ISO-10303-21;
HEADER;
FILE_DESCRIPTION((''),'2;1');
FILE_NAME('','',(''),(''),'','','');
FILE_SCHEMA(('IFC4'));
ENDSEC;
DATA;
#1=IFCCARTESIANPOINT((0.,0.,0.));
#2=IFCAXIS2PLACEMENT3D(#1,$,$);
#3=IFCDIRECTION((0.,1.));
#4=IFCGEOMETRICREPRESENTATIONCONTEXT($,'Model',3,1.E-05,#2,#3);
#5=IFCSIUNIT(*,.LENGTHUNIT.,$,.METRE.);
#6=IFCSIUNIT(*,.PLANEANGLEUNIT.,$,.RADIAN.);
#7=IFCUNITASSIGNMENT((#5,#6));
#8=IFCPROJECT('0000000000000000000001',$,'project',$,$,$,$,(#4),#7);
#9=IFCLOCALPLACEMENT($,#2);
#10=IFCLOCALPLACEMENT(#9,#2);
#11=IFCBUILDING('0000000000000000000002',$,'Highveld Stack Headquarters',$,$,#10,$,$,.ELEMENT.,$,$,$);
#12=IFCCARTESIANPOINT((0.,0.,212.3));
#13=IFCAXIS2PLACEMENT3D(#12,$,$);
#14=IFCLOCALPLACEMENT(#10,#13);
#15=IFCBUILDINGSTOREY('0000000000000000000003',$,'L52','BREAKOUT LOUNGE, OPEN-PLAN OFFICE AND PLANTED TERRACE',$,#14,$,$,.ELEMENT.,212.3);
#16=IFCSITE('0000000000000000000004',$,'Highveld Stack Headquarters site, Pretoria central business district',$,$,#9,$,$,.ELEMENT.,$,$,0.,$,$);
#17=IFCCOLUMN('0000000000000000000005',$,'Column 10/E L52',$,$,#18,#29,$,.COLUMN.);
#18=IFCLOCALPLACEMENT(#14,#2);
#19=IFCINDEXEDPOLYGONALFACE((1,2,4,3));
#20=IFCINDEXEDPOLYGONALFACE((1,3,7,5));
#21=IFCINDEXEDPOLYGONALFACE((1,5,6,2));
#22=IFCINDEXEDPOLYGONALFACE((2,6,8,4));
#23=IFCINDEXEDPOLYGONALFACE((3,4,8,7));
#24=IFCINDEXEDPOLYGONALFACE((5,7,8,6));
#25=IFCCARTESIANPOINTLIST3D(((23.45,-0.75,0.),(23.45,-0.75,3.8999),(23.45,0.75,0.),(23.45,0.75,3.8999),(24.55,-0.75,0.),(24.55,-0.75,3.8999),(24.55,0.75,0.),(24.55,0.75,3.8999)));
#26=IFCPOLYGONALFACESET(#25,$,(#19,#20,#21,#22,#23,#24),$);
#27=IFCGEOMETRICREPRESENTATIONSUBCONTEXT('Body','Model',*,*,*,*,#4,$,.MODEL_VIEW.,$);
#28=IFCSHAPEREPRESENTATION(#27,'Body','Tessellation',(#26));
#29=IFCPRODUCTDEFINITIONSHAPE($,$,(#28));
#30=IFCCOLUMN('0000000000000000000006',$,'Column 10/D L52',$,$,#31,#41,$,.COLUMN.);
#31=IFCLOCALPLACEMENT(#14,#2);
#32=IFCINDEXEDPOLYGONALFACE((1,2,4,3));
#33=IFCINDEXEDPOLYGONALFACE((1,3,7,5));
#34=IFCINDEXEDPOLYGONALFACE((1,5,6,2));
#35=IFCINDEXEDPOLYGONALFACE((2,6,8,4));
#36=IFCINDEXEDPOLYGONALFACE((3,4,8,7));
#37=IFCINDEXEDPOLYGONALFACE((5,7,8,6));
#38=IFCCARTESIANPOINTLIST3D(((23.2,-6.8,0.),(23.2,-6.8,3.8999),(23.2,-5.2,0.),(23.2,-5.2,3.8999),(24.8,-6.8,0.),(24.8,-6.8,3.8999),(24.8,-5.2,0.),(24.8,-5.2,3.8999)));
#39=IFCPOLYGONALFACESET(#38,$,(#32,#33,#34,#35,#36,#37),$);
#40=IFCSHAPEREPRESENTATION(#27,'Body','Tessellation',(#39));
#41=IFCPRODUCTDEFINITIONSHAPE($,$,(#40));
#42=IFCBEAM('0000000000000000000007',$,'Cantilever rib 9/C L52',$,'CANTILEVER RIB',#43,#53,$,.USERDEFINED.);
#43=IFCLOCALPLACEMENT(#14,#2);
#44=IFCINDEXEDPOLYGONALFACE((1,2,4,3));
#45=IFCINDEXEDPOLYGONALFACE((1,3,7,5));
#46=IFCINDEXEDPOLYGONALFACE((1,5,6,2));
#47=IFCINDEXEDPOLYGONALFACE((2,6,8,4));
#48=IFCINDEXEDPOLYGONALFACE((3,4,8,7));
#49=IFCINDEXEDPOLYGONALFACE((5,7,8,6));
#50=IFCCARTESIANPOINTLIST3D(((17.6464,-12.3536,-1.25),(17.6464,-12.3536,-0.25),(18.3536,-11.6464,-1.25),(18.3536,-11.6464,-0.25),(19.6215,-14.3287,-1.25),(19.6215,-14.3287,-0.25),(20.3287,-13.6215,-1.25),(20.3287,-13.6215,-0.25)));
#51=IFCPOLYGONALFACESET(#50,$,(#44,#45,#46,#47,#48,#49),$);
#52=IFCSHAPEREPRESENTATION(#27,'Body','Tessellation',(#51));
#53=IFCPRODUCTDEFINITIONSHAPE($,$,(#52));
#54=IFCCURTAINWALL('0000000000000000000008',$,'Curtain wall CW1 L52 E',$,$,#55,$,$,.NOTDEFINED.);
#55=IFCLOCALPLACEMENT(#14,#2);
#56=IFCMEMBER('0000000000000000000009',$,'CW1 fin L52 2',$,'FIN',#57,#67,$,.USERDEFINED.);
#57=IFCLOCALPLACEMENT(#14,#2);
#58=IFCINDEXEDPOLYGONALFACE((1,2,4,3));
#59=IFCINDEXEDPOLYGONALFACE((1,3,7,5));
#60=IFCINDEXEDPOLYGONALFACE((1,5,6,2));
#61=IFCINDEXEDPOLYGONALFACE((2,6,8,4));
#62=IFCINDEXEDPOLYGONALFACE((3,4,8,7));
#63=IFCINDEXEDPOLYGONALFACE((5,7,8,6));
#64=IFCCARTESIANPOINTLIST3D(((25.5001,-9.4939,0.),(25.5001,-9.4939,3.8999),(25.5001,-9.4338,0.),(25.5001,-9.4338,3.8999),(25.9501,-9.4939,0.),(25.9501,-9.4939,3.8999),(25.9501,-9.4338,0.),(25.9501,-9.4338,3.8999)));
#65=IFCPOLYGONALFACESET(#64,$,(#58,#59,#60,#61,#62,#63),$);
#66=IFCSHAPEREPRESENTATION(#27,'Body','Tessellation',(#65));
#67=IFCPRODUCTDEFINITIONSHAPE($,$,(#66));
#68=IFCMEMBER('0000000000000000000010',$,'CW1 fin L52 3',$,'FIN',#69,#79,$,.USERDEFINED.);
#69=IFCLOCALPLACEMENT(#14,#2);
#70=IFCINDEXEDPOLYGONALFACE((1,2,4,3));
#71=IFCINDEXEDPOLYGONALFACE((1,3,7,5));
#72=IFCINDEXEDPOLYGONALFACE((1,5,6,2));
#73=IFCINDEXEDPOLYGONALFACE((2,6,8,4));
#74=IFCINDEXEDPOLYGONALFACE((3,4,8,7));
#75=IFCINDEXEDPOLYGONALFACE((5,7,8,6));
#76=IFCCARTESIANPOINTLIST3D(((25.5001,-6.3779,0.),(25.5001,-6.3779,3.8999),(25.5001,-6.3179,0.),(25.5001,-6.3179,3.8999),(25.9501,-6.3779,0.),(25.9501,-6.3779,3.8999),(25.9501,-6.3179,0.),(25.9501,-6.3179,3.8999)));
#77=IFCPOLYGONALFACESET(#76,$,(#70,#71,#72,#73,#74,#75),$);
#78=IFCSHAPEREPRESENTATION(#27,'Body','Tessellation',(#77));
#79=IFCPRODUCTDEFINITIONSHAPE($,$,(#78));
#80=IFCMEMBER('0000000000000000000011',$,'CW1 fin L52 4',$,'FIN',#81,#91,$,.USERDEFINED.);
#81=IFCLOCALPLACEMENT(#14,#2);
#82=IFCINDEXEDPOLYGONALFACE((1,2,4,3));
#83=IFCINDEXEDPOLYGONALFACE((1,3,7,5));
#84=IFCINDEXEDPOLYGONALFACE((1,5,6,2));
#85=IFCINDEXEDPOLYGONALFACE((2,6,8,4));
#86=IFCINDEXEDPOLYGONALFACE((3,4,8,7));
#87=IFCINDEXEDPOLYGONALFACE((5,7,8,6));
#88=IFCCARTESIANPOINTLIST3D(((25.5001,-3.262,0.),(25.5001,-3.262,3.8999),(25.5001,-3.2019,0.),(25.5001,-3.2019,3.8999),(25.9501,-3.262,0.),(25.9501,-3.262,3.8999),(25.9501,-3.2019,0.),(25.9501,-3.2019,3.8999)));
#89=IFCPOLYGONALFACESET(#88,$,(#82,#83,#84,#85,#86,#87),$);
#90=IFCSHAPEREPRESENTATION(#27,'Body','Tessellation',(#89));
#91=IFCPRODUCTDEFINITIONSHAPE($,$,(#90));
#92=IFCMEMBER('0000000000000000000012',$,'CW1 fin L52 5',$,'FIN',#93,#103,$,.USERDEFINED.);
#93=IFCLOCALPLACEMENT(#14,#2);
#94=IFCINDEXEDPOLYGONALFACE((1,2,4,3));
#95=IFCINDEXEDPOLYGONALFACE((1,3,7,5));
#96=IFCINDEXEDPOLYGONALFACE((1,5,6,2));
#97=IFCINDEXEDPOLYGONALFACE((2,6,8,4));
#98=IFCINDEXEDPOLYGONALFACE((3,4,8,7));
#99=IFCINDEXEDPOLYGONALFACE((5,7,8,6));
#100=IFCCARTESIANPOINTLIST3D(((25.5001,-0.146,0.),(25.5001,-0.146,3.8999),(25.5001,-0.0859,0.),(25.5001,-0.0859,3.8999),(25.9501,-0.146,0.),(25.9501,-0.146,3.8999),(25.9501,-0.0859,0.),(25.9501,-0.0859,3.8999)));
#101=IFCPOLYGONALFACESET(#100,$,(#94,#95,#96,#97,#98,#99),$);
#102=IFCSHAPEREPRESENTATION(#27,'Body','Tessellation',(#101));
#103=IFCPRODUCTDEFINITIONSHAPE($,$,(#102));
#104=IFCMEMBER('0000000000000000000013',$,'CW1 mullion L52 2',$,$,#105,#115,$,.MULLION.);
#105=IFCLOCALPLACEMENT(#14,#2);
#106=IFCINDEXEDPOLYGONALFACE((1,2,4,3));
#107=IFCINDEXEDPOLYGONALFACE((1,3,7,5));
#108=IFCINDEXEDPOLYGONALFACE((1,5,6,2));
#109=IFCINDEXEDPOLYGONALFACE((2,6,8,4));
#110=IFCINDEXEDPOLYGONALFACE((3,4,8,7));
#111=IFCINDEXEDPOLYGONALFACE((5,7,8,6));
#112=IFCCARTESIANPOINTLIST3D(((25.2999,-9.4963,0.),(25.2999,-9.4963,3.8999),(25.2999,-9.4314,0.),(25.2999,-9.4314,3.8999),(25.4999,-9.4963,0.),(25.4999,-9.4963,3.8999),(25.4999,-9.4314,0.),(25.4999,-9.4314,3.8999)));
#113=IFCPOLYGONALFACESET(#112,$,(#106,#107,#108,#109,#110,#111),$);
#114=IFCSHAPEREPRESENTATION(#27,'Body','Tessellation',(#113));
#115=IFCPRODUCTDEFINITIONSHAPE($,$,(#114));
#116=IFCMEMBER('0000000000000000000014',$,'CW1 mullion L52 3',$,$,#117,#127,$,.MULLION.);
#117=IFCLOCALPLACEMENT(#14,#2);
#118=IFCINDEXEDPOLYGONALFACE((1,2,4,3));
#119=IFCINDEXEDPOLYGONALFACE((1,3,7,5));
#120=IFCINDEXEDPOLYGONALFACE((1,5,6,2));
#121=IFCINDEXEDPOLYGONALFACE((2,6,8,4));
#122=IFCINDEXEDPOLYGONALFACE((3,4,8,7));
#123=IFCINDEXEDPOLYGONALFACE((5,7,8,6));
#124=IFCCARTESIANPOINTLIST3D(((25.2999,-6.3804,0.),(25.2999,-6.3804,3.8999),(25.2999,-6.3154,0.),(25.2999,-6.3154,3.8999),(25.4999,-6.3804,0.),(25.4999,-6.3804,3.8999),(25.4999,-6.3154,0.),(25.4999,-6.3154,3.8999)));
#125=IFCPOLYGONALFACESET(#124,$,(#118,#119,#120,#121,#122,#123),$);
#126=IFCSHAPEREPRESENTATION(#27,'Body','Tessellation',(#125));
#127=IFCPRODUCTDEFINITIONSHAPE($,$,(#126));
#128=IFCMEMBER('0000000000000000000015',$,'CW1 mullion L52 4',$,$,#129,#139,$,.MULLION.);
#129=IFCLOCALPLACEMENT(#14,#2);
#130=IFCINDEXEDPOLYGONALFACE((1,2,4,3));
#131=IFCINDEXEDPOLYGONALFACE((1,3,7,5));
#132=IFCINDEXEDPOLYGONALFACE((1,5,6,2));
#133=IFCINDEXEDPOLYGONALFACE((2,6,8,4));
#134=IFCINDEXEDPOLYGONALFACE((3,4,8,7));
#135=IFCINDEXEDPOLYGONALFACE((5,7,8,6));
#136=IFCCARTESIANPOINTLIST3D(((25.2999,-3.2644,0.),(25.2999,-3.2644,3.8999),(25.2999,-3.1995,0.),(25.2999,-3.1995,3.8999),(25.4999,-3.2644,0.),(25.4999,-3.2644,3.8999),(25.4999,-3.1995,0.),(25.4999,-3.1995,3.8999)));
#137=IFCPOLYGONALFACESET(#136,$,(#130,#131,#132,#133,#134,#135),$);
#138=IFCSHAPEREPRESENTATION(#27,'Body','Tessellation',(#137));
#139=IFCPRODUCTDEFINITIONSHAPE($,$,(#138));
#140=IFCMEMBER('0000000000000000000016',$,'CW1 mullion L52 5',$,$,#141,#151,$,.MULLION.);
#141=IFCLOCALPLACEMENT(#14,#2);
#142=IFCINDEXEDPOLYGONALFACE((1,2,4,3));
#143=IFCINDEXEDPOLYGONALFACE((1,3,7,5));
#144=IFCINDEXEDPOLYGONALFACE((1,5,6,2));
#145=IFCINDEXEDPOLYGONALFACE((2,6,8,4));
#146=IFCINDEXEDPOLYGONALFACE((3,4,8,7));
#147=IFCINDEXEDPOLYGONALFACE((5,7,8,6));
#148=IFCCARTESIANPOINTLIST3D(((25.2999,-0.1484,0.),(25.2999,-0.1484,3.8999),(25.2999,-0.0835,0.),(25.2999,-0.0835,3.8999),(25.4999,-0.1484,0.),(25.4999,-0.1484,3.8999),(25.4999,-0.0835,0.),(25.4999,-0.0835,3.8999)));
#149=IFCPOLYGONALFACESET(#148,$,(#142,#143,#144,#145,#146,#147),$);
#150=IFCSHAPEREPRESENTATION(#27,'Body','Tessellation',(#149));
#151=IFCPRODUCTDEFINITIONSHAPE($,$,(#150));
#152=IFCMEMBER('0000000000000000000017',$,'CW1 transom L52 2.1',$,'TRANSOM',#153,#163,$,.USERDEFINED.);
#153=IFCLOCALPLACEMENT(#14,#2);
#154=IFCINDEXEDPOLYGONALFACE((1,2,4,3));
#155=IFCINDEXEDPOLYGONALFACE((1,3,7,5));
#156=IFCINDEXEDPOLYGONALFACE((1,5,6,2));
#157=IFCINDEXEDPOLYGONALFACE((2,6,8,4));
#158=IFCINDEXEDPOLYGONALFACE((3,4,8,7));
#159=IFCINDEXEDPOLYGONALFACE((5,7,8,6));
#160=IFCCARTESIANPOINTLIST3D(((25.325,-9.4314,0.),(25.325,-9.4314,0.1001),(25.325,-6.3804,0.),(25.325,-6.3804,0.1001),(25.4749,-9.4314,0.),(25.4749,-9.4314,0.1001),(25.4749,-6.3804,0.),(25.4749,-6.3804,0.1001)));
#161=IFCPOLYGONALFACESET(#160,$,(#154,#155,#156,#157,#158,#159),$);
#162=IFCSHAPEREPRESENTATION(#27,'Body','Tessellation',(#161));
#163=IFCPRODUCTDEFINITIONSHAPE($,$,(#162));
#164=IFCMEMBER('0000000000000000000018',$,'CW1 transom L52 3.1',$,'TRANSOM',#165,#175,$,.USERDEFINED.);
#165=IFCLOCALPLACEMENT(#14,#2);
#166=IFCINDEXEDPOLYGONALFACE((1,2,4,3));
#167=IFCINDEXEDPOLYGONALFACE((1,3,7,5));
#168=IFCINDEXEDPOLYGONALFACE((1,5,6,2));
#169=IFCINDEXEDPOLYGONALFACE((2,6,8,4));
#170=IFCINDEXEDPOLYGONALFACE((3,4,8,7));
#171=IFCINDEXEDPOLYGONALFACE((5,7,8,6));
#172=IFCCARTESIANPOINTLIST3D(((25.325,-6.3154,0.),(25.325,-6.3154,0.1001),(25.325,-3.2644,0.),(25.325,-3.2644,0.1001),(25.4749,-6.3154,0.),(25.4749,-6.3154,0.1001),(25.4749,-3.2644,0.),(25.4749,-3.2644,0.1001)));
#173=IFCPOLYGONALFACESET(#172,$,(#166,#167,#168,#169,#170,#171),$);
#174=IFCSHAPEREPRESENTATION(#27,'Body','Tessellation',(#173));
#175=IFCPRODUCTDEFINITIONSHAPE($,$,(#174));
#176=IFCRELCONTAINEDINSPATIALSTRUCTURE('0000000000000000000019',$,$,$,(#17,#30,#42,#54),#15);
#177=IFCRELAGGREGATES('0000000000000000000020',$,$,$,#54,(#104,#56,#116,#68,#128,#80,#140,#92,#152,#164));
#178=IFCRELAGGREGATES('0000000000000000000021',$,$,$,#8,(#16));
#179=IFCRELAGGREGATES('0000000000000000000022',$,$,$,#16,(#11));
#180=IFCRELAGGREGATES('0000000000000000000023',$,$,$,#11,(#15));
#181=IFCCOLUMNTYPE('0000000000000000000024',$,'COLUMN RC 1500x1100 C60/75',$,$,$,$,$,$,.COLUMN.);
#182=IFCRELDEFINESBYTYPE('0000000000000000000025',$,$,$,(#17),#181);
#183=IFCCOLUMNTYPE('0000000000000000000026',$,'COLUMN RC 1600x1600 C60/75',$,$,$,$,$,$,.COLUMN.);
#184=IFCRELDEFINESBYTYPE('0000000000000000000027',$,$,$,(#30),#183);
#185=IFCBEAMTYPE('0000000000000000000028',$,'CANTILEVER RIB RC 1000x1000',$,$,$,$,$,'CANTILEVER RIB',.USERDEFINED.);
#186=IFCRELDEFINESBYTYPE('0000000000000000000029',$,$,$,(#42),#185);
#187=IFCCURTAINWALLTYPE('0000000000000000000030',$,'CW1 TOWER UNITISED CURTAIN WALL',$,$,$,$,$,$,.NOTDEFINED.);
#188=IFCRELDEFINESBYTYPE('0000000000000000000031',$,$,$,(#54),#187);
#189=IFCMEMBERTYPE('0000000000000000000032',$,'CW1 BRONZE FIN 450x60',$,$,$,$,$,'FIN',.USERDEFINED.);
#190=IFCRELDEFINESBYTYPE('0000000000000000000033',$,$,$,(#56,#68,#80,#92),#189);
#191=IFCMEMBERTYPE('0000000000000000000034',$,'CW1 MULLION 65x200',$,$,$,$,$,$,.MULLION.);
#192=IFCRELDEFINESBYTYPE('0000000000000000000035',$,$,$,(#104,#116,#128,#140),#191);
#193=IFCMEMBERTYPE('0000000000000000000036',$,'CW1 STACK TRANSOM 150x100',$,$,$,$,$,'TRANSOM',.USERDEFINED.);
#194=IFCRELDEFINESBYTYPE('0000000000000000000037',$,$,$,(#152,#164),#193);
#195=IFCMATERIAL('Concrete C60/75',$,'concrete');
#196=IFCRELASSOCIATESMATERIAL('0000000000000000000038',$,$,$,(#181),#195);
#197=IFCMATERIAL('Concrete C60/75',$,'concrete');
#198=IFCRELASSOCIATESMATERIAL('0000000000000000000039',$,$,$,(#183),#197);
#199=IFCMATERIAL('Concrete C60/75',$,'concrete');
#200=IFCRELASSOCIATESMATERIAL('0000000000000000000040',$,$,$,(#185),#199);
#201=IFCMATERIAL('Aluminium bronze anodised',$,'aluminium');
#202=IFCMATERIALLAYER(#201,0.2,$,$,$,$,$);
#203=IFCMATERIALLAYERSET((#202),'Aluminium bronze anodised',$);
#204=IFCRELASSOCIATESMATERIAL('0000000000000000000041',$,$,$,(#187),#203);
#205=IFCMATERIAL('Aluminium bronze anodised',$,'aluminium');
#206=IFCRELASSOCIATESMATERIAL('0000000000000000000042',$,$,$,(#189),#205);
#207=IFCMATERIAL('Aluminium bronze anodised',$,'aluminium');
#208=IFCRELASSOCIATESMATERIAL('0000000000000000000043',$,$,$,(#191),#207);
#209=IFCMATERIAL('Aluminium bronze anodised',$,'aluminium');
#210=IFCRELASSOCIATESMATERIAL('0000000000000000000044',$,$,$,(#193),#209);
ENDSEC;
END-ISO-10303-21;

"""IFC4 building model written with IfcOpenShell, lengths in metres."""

from ifc_helpers import new_model, si_unit, direction, frame, origin, origin_2d, place, context, subcontext, project, spatial, rectangle, extrude, material, layer, layer_set, material_profile, profile_set, type_object, element, aggregate, save


model = new_model("IFC4")

# Units and contexts
model_context = context("Model", 3, precision=1e-05, world=origin(), true_north=direction((0.0, 1.0)))
body_context = subcontext(model_context, "Body", "Model", "MODEL_VIEW")
ifc_project = project(units=[si_unit("LENGTHUNIT", "METRE"), si_unit("PLANEANGLEUNIT", "RADIAN")], contexts=[model_context])

# Site, building, storey
site_placement = place(None, origin())
site = spatial("IfcSite", under=ifc_project, at=site_placement, Name="Highveld Stack Headquarters site, Pretoria central business district", CompositionType="ELEMENT", RefElevation=0.0)
building_placement = place(site_placement, origin())
building = spatial("IfcBuilding", under=site, at=building_placement, Name="Highveld Stack Headquarters", CompositionType="ELEMENT")
storey_placement = place(building_placement, frame((0.0, 0.0, 212.3)))
storey = spatial("IfcBuildingStorey", under=building, at=storey_placement, Name="L52", Description="BREAKOUT LOUNGE, OPEN-PLAN OFFICE AND PLANTED TERRACE", CompositionType="ELEMENT", Elevation=212.3)

# Columns
ifc_material_1 = material(Name="Concrete C60/75", Category="concrete")
ifc_material_profile_1 = material_profile(ifc_material_1, rectangle(XDim=1.5, YDim=1.1001, at=origin_2d()), Name="RC 1500x1100")
ifc_profile_set_1 = profile_set([ifc_material_profile_1], Name="Concrete C60/75")
column_type_1 = type_object("IfcColumnType", Name="COLUMN RC 1500x1100 C60/75", PredefinedType="COLUMN", material=ifc_profile_set_1)
column_1_placement = place(storey_placement, frame((24.0, 0.0, 0.0), z_axis=(0.0, 0.0, 1.0), x_axis=(0.0, 1.0, 0.0)))
element("IfcColumn", 1, at=column_1_placement, inside=storey, type_object=column_type_1, Name="Column 10/E L52", PredefinedType="COLUMN", context=body_context, shape_type="SweptSolid", body=[
    extrude(rectangle(XDim=1.5, YDim=1.1001, at=origin_2d()), origin(), (0.0, 0.0, 1.0), 3.8999),
])
ifc_material_2 = material(Name="Concrete C60/75", Category="concrete")
ifc_material_profile_2 = material_profile(ifc_material_2, rectangle(XDim=1.6001, YDim=1.6001, at=origin_2d()), Name="RC 1600x1600")
ifc_profile_set_2 = profile_set([ifc_material_profile_2], Name="Concrete C60/75")
column_type_2 = type_object("IfcColumnType", Name="COLUMN RC 1600x1600 C60/75", PredefinedType="COLUMN", material=ifc_profile_set_2)
column_2_placement = place(storey_placement, frame((24.0, -6.0, 0.0), z_axis=(0.0, 0.0, 1.0), x_axis=(1.0, 0.0, 0.0)))
element("IfcColumn", 2, at=column_2_placement, inside=storey, type_object=column_type_2, Name="Column 10/D L52", PredefinedType="COLUMN", context=body_context, shape_type="SweptSolid", body=[
    extrude(rectangle(XDim=1.6001, YDim=1.6001, at=origin_2d()), origin(), (0.0, 0.0, 1.0), 3.8999),
])

# Beam
ifc_material_3 = material(Name="Concrete C60/75", Category="concrete")
ifc_material_profile_3 = material_profile(ifc_material_3, rectangle(XDim=1.0, YDim=1.0, at=origin_2d()), Name="RC 1000x1000")
ifc_profile_set_3 = profile_set([ifc_material_profile_3], Name="Concrete C60/75")
beam_type_1 = type_object("IfcBeamType", Name="CANTILEVER RIB RC 1000x1000", ElementType="CANTILEVER RIB", PredefinedType="USERDEFINED", material=ifc_profile_set_3)
beam_1_placement = place(storey_placement, frame((18.0, -12.0, -0.75), z_axis=(0.707107, -0.707107, 0.0), x_axis=(0.707107, 0.707107, 0.0)))
element("IfcBeam", 3, at=beam_1_placement, inside=storey, type_object=beam_type_1, Name="Cantilever rib 9/C L52", ObjectType="CANTILEVER RIB", PredefinedType="USERDEFINED", context=body_context, shape_type="SweptSolid", body=[
    extrude(rectangle(XDim=1.0, YDim=1.0, at=origin_2d()), origin(), (0.0, 0.0, 1.0), 2.7932),
])

# Curtain wall, members
ifc_material_4 = material(Name="Aluminium bronze anodised", Category="aluminium")
ifc_layer_1 = layer(ifc_material_4, 0.2)
ifc_layer_set_1 = layer_set([ifc_layer_1], Name="Aluminium bronze anodised")
curtain_wall_type = type_object("IfcCurtainWallType", Name="CW1 TOWER UNITISED CURTAIN WALL", PredefinedType="NOTDEFINED", material=ifc_layer_set_1)
curtain_wall_placement = place(storey_placement, origin())
curtain_wall = element("IfcCurtainWall", 4, at=curtain_wall_placement, inside=storey, type_object=curtain_wall_type, Name="Curtain wall CW1 L52 E", PredefinedType="NOTDEFINED")
ifc_material_5 = material(Name="Aluminium bronze anodised", Category="aluminium")
ifc_material_profile_4 = material_profile(ifc_material_5, rectangle(XDim=0.45, YDim=0.0601, at=origin_2d()), Name="FIN 450x60")
ifc_profile_set_4 = profile_set([ifc_material_profile_4], Name="Aluminium bronze anodised")
member_type_1 = type_object("IfcMemberType", Name="CW1 BRONZE FIN 450x60", ElementType="FIN", PredefinedType="USERDEFINED", material=ifc_profile_set_4)
member_1_placement = place(storey_placement, frame((25.7251, -9.4639, 0.0), z_axis=(0.0, 0.0, 1.0), x_axis=(-1.0, 0.0, 0.0)))
member_1 = element("IfcMember", 5, at=member_1_placement, type_object=member_type_1, Name="CW1 fin L52 2", ObjectType="FIN", PredefinedType="USERDEFINED", context=body_context, shape_type="SweptSolid", body=[
    extrude(rectangle(XDim=0.45, YDim=0.0601, at=origin_2d()), origin(), (0.0, 0.0, 1.0), 3.8999),
])
member_2_placement = place(storey_placement, frame((25.7251, -6.3479, 0.0), z_axis=(0.0, 0.0, 1.0), x_axis=(-1.0, 0.0, 0.0)))
member_2 = element("IfcMember", 6, at=member_2_placement, type_object=member_type_1, Name="CW1 fin L52 3", ObjectType="FIN", PredefinedType="USERDEFINED", context=body_context, shape_type="SweptSolid", body=[
    extrude(rectangle(XDim=0.45, YDim=0.0601, at=origin_2d()), origin(), (0.0, 0.0, 1.0), 3.8999),
])
member_3_placement = place(storey_placement, frame((25.7251, -3.2319, 0.0), z_axis=(0.0, 0.0, 1.0), x_axis=(-1.0, 0.0, 0.0)))
member_3 = element("IfcMember", 7, at=member_3_placement, type_object=member_type_1, Name="CW1 fin L52 4", ObjectType="FIN", PredefinedType="USERDEFINED", context=body_context, shape_type="SweptSolid", body=[
    extrude(rectangle(XDim=0.45, YDim=0.0601, at=origin_2d()), origin(), (0.0, 0.0, 1.0), 3.8999),
])
member_4_placement = place(storey_placement, frame((25.7251, -0.116, 0.0), z_axis=(0.0, 0.0, 1.0), x_axis=(-1.0, 0.0, 0.0)))
member_4 = element("IfcMember", 8, at=member_4_placement, type_object=member_type_1, Name="CW1 fin L52 5", ObjectType="FIN", PredefinedType="USERDEFINED", context=body_context, shape_type="SweptSolid", body=[
    extrude(rectangle(XDim=0.45, YDim=0.0601, at=origin_2d()), origin(), (0.0, 0.0, 1.0), 3.8999),
])
ifc_material_6 = material(Name="Aluminium bronze anodised", Category="aluminium")
ifc_material_profile_5 = material_profile(ifc_material_6, rectangle(XDim=0.2, YDim=0.0649, at=origin_2d()), Name="CW1 MULLION 65x200")
ifc_profile_set_5 = profile_set([ifc_material_profile_5], Name="Aluminium bronze anodised")
member_type_2 = type_object("IfcMemberType", Name="CW1 MULLION 65x200", PredefinedType="MULLION", material=ifc_profile_set_5)
member_5_placement = place(storey_placement, frame((25.3999, -9.4639, 0.0), z_axis=(0.0, 0.0, 1.0), x_axis=(-1.0, 0.0, 0.0)))
member_5 = element("IfcMember", 9, at=member_5_placement, type_object=member_type_2, Name="CW1 mullion L52 2", PredefinedType="MULLION", context=body_context, shape_type="SweptSolid", body=[
    extrude(rectangle(XDim=0.2, YDim=0.0649, at=origin_2d()), origin(), (0.0, 0.0, 1.0), 3.8999),
])
member_6_placement = place(storey_placement, frame((25.3999, -6.3479, 0.0), z_axis=(0.0, 0.0, 1.0), x_axis=(-1.0, 0.0, 0.0)))
member_6 = element("IfcMember", 10, at=member_6_placement, type_object=member_type_2, Name="CW1 mullion L52 3", PredefinedType="MULLION", context=body_context, shape_type="SweptSolid", body=[
    extrude(rectangle(XDim=0.2, YDim=0.0649, at=origin_2d()), origin(), (0.0, 0.0, 1.0), 3.8999),
])
member_7_placement = place(storey_placement, frame((25.3999, -3.2319, 0.0), z_axis=(0.0, 0.0, 1.0), x_axis=(-1.0, 0.0, 0.0)))
member_7 = element("IfcMember", 11, at=member_7_placement, type_object=member_type_2, Name="CW1 mullion L52 4", PredefinedType="MULLION", context=body_context, shape_type="SweptSolid", body=[
    extrude(rectangle(XDim=0.2, YDim=0.0649, at=origin_2d()), origin(), (0.0, 0.0, 1.0), 3.8999),
])
member_8_placement = place(storey_placement, frame((25.3999, -0.116, 0.0), z_axis=(0.0, 0.0, 1.0), x_axis=(-1.0, 0.0, 0.0)))
member_8 = element("IfcMember", 12, at=member_8_placement, type_object=member_type_2, Name="CW1 mullion L52 5", PredefinedType="MULLION", context=body_context, shape_type="SweptSolid", body=[
    extrude(rectangle(XDim=0.2, YDim=0.0649, at=origin_2d()), origin(), (0.0, 0.0, 1.0), 3.8999),
])
ifc_material_7 = material(Name="Aluminium bronze anodised", Category="aluminium")
ifc_material_profile_6 = material_profile(ifc_material_7, rectangle(XDim=0.1499, YDim=0.1001, at=origin_2d()), Name="CW1 TRANSOM 150x100")
ifc_profile_set_6 = profile_set([ifc_material_profile_6], Name="Aluminium bronze anodised")
member_type_3 = type_object("IfcMemberType", Name="CW1 STACK TRANSOM 150x100", ElementType="TRANSOM", PredefinedType="USERDEFINED", material=ifc_profile_set_6)
member_9_placement = place(storey_placement, frame((25.3999, -9.4314, 0.05), z_axis=(0.0, 1.0, 0.0), x_axis=(-1.0, 0.0, 0.0)))
member_9 = element("IfcMember", 13, at=member_9_placement, type_object=member_type_3, Name="CW1 transom L52 2.1", ObjectType="TRANSOM", PredefinedType="USERDEFINED", context=body_context, shape_type="SweptSolid", body=[
    extrude(rectangle(XDim=0.1499, YDim=0.1001, at=origin_2d()), origin(), (0.0, 0.0, 1.0), 3.051),
])
member_10_placement = place(storey_placement, frame((25.3999, -6.3154, 0.05), z_axis=(0.0, 1.0, 0.0), x_axis=(-1.0, 0.0, 0.0)))
member_10 = element("IfcMember", 14, at=member_10_placement, type_object=member_type_3, Name="CW1 transom L52 3.1", ObjectType="TRANSOM", PredefinedType="USERDEFINED", context=body_context, shape_type="SweptSolid", body=[
    extrude(rectangle(XDim=0.1499, YDim=0.1001, at=origin_2d()), origin(), (0.0, 0.0, 1.0), 3.051),
])

aggregate(curtain_wall, [member_5, member_1, member_6, member_2, member_7, member_3, member_8, member_4, member_9, member_10])

save(model, "model.ifc")
